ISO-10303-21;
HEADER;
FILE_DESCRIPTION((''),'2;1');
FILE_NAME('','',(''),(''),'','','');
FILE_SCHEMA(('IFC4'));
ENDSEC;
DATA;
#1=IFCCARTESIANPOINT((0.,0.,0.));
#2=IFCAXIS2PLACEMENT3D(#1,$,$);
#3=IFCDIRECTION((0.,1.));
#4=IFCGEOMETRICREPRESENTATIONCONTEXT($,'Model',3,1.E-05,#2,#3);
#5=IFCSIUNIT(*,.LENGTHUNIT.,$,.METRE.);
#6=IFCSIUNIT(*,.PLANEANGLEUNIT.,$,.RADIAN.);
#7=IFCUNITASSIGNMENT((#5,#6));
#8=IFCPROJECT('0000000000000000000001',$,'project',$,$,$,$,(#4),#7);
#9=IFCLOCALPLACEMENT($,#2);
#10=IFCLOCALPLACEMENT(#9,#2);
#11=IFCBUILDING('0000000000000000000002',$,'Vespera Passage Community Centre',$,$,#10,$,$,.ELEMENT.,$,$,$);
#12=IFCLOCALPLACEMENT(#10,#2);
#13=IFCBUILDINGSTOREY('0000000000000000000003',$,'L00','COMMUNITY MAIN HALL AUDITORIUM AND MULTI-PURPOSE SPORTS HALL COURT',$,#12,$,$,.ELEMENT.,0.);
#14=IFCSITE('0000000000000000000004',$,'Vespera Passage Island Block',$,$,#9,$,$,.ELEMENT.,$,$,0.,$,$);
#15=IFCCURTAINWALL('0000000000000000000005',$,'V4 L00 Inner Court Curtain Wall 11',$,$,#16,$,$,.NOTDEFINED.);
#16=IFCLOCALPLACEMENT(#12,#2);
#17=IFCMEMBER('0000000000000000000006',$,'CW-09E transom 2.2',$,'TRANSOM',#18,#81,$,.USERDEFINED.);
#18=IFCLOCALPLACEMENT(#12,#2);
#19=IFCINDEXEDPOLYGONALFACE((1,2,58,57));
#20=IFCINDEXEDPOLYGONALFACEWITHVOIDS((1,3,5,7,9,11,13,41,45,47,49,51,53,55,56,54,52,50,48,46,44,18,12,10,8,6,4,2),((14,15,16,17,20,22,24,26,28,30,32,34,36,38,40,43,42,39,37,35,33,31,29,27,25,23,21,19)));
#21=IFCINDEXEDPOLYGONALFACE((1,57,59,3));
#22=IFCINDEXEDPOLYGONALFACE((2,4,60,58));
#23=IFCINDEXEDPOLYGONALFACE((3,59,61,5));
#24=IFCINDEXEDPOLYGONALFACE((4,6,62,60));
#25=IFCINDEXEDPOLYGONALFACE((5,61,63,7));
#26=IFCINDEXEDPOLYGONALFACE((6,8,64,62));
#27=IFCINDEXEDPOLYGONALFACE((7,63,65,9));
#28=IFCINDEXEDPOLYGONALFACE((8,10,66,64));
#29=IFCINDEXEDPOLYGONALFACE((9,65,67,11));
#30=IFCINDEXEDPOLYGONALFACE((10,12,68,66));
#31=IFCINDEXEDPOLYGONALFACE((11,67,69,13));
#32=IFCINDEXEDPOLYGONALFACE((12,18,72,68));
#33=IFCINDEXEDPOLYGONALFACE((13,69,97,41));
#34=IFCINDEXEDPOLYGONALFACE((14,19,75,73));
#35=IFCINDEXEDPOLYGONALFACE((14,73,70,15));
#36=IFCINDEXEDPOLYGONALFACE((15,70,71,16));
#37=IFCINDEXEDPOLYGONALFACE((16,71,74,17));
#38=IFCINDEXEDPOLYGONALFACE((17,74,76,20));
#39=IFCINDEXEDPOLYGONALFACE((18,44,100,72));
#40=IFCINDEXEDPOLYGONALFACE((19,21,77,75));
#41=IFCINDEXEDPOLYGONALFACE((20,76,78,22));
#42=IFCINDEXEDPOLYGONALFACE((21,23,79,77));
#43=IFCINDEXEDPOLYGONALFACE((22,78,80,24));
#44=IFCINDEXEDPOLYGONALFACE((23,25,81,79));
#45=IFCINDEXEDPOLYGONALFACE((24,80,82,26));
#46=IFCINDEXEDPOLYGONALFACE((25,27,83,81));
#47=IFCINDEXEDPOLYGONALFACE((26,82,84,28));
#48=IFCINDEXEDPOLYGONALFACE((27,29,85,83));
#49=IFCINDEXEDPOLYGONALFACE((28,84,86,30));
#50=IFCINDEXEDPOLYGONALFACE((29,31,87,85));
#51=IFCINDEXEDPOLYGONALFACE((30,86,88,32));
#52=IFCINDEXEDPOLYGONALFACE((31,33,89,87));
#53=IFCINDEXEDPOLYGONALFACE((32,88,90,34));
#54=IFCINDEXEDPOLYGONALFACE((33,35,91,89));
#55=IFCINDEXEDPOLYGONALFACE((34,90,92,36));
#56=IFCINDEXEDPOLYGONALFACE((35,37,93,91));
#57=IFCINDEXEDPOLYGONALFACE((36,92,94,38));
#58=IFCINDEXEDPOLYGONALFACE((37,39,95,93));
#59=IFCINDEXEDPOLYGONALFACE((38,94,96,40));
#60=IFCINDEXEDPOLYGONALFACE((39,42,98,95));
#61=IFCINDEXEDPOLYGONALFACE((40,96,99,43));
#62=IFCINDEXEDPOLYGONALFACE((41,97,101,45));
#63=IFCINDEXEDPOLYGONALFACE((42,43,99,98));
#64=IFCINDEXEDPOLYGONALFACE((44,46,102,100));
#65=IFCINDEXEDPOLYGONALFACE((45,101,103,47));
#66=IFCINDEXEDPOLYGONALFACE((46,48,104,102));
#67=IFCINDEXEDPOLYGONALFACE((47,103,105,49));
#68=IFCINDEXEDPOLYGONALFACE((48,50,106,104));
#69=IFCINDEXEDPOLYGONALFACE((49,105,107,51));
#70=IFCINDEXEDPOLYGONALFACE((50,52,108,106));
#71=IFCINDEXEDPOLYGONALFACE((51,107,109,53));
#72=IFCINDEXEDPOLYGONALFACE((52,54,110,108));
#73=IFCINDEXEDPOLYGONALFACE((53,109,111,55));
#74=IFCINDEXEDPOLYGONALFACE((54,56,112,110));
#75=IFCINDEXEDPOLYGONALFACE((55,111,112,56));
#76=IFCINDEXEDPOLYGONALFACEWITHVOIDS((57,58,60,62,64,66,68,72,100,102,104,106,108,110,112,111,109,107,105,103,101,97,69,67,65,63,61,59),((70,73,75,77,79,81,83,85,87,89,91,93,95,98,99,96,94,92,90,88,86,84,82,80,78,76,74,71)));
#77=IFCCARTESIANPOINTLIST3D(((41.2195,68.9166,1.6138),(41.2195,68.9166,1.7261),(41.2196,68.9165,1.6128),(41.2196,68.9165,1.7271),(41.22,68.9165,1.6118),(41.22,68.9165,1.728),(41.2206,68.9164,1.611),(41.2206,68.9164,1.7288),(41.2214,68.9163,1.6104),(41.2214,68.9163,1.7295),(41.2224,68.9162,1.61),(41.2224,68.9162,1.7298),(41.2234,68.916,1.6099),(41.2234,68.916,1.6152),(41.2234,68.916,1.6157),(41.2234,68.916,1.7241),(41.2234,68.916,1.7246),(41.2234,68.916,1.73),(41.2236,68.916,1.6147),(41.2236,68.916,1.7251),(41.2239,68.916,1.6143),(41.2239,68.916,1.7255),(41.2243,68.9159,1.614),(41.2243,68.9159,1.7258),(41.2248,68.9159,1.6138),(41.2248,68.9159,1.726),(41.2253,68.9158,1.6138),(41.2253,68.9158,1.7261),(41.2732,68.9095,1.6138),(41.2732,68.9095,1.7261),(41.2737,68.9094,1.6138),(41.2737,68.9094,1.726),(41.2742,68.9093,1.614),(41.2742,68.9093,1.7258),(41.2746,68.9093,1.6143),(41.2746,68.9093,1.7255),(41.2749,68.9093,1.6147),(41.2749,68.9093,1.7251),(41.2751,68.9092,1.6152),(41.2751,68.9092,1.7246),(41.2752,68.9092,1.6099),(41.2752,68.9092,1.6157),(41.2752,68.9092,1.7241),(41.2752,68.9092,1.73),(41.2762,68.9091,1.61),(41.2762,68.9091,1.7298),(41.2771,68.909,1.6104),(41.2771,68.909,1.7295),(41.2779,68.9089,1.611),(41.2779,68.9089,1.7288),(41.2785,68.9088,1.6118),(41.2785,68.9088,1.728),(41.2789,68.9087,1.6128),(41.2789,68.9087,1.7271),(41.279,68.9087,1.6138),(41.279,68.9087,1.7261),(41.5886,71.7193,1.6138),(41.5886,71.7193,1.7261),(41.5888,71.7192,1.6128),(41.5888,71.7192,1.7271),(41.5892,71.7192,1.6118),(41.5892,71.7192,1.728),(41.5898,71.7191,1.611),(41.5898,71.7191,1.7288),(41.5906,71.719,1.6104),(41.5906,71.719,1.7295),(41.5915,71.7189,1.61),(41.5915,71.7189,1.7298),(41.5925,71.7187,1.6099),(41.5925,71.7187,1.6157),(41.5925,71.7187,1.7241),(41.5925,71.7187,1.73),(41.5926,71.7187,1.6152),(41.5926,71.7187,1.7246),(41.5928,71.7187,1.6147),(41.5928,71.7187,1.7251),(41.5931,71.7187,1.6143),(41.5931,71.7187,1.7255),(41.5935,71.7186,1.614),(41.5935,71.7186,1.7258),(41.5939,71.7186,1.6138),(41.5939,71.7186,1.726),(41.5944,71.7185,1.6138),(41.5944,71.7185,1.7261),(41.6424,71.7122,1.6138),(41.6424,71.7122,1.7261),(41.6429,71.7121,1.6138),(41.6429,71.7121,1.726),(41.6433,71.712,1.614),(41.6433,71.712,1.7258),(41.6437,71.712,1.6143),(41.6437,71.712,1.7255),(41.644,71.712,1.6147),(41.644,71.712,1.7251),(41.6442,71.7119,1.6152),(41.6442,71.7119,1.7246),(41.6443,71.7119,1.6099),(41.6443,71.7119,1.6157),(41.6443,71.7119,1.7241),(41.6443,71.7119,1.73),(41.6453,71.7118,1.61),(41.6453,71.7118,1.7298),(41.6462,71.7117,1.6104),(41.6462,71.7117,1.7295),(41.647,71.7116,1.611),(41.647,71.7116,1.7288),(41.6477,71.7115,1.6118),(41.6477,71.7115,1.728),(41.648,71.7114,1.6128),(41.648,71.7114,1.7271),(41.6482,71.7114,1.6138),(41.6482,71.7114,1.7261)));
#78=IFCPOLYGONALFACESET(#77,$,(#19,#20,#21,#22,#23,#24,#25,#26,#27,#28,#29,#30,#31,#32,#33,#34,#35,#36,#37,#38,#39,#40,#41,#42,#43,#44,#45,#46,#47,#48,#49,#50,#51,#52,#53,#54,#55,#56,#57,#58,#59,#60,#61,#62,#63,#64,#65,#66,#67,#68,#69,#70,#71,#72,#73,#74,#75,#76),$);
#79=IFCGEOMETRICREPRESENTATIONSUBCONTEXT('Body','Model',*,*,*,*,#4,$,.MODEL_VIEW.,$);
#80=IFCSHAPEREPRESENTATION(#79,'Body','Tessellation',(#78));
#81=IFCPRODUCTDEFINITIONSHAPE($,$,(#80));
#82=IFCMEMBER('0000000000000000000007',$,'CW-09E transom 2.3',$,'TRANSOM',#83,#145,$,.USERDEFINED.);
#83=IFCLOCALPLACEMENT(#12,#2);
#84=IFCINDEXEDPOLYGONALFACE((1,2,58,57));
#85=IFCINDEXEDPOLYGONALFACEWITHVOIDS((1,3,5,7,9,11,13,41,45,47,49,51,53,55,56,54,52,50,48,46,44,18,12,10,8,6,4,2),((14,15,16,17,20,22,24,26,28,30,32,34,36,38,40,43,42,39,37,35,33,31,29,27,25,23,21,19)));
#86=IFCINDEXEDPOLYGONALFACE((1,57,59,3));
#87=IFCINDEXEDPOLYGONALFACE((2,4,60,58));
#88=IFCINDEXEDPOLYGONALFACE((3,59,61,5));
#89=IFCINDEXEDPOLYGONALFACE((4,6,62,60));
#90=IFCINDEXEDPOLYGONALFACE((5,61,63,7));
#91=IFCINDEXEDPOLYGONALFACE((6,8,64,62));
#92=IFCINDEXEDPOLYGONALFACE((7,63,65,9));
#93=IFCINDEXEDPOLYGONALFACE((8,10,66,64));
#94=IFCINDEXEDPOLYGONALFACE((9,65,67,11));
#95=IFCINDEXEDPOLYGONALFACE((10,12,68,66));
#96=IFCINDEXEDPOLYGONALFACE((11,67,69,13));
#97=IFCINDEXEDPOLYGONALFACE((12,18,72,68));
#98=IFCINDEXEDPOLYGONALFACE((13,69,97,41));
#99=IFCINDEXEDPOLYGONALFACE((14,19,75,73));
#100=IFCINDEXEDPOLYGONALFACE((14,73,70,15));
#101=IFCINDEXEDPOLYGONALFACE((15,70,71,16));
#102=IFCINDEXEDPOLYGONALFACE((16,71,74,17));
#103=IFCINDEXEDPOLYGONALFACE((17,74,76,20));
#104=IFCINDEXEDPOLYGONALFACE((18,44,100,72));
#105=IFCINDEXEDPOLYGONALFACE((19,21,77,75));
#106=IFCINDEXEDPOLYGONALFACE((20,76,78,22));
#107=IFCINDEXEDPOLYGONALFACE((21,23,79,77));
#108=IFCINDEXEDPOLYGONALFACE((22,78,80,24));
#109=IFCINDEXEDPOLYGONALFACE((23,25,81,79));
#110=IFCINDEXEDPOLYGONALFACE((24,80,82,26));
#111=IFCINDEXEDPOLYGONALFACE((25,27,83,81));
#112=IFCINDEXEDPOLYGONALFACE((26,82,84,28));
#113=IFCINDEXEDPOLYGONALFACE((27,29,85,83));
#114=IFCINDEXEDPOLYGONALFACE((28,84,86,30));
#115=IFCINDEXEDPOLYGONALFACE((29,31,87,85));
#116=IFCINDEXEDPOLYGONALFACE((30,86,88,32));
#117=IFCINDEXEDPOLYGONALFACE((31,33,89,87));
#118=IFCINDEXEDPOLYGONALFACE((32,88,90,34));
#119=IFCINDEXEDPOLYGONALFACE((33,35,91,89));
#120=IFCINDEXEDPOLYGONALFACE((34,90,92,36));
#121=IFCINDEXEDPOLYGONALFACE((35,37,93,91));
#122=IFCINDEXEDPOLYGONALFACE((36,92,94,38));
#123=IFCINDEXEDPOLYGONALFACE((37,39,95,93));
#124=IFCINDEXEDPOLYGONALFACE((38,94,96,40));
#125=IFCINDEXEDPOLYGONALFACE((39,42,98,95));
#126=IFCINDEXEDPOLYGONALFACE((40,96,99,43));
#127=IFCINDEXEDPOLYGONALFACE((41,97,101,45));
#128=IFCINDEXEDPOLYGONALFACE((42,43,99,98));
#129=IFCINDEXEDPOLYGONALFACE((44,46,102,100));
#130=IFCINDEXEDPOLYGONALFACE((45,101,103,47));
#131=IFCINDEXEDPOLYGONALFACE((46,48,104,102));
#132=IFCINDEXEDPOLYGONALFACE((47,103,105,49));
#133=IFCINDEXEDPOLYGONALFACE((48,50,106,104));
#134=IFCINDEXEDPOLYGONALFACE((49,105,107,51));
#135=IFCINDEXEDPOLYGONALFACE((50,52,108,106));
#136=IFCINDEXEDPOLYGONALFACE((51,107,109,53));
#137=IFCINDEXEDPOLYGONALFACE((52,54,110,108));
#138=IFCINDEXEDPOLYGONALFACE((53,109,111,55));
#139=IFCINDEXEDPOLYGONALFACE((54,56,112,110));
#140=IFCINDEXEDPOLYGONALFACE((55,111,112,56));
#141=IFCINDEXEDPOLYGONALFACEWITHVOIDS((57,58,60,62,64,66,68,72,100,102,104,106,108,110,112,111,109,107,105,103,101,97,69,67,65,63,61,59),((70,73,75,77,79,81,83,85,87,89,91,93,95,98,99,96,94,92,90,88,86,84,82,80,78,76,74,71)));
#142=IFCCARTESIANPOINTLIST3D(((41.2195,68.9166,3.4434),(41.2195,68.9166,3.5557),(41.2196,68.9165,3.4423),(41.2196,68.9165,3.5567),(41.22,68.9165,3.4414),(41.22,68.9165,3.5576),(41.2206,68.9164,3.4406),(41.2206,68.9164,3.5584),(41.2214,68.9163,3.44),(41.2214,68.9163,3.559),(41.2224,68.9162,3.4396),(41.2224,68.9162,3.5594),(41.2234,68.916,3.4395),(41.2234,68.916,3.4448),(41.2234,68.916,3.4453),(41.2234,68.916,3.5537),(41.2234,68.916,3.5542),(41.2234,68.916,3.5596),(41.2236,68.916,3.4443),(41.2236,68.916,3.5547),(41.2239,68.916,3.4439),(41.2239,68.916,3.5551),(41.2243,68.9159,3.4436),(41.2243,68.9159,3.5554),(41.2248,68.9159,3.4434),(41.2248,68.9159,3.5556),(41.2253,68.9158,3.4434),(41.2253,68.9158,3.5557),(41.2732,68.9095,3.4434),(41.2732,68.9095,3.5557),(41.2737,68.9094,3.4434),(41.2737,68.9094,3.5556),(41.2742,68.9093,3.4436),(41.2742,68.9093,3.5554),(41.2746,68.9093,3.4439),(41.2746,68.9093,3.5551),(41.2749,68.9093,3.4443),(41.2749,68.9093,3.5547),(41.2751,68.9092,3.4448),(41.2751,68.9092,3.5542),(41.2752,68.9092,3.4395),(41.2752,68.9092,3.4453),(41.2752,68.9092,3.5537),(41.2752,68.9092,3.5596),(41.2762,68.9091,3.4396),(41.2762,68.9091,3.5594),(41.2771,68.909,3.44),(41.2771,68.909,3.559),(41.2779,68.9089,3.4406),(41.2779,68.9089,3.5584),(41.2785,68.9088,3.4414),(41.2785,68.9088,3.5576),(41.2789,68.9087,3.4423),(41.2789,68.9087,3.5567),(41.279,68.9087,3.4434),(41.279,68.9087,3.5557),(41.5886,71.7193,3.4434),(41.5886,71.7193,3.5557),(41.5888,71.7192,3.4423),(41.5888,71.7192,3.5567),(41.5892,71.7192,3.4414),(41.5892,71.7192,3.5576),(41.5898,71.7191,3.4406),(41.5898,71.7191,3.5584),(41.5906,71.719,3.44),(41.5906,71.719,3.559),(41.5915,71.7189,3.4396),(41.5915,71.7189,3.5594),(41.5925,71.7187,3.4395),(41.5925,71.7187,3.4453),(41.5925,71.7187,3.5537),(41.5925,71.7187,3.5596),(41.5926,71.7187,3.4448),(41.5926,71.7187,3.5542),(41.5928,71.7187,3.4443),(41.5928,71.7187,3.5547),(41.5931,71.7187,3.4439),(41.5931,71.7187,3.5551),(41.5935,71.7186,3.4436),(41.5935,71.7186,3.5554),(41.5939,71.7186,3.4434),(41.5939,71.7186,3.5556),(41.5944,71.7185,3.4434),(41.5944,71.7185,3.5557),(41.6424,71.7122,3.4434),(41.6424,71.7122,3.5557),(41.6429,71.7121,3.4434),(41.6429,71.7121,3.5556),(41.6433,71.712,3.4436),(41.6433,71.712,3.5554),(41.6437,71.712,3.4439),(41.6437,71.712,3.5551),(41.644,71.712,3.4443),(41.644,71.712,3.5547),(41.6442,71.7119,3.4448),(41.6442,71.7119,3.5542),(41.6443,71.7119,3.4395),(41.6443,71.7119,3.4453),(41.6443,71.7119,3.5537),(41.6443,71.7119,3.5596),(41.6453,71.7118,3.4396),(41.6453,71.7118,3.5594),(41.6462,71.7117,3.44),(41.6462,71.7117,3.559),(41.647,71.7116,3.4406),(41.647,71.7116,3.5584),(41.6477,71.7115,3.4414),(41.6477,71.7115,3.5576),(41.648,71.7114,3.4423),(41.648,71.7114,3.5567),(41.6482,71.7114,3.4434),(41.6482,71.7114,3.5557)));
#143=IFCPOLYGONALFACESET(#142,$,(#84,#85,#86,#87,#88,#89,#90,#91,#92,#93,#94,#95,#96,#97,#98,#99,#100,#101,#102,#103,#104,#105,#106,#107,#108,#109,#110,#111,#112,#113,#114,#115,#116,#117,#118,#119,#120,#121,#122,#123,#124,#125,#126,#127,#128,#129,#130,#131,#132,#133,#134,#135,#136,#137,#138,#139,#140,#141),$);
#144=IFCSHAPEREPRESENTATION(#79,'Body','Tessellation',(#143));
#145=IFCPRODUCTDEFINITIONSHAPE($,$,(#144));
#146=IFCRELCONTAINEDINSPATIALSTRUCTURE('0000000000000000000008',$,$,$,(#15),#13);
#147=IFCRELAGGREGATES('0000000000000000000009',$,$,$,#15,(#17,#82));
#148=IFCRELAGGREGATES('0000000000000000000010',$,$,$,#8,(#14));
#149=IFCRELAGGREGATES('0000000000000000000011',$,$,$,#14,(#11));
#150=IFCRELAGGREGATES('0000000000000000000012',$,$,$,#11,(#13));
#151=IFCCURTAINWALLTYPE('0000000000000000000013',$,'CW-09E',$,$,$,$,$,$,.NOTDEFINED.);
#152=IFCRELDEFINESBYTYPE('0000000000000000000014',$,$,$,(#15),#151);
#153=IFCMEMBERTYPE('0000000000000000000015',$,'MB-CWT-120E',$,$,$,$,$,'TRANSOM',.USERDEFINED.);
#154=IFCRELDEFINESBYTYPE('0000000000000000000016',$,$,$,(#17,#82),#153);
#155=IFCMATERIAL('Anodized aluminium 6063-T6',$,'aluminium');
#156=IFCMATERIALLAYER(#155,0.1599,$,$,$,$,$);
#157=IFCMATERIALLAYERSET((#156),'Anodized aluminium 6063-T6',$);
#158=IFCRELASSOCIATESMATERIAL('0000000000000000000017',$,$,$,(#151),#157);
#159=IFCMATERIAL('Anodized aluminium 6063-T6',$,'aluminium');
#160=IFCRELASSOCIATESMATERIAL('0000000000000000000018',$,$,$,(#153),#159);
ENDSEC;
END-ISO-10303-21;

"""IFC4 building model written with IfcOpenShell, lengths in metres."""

from ifc_helpers import new_model, si_unit, direction, frame, origin, origin_2d, place, context, subcontext, project, spatial, hollow_rectangle, extrude, material, layer, layer_set, material_profile, profile_set, type_object, element, aggregate, save


model = new_model("IFC4")

# Units and contexts
model_context = context("Model", 3, precision=1e-05, world=origin(), true_north=direction((0.0, 1.0)))
body_context = subcontext(model_context, "Body", "Model", "MODEL_VIEW")
ifc_project = project(units=[si_unit("LENGTHUNIT", "METRE"), si_unit("PLANEANGLEUNIT", "RADIAN")], contexts=[model_context])

# Site, building, storey
site_placement = place(None, origin())
site = spatial("IfcSite", under=ifc_project, at=site_placement, Name="Vespera Passage Island Block", CompositionType="ELEMENT", RefElevation=0.0)
building_placement = place(site_placement, origin())
building = spatial("IfcBuilding", under=site, at=building_placement, Name="Vespera Passage Community Centre", CompositionType="ELEMENT")
storey_placement = place(building_placement, origin())
storey = spatial("IfcBuildingStorey", under=building, at=storey_placement, Name="L00", Description="COMMUNITY MAIN HALL AUDITORIUM AND MULTI-PURPOSE SPORTS HALL COURT", CompositionType="ELEMENT", Elevation=0.0)

# Curtain wall
ifc_material_1 = material(Name="Anodized aluminium 6063-T6", Category="aluminium")
ifc_layer_1 = layer(ifc_material_1, 0.1599)
ifc_layer_set_1 = layer_set([ifc_layer_1], Name="Anodized aluminium 6063-T6")
curtain_wall_type_1 = type_object("IfcCurtainWallType", Name="CW-09E", PredefinedType="NOTDEFINED", material=ifc_layer_set_1)
curtain_wall_1_placement = place(storey_placement, origin())
curtain_wall_1 = element("IfcCurtainWall", 1, at=curtain_wall_1_placement, inside=storey, type_object=curtain_wall_type_1, Name="V4 L00 Inner Court Curtain Wall 11", PredefinedType="NOTDEFINED")

# Members
ifc_material_2 = material(Name="Anodized aluminium 6063-T6", Category="aluminium")
ifc_material_profile_1 = material_profile(ifc_material_2, hollow_rectangle(XDim=0.0601, YDim=0.1201, WallThickness=0.0039, InnerFilletRadius=0.002, OuterFilletRadius=0.0039, at=origin_2d()), Name="ALU120X60X4")
ifc_profile_set_1 = profile_set([ifc_material_profile_1], Name="Anodized aluminium 6063-T6")
member_type_1 = type_object("IfcMemberType", Name="MB-CWT-120E", ElementType="TRANSOM", PredefinedType="USERDEFINED", material=ifc_profile_set_1)
member_1_placement = place(storey_placement, frame((41.6184, 71.7153, 1.6699), z_axis=(-0.13058, -0.991438, 0.0), x_axis=(0.991438, -0.13058, 0.0)))
member_1 = element("IfcMember", 2, at=member_1_placement, type_object=member_type_1, Name="CW-09E transom 2.2", ObjectType="TRANSOM", PredefinedType="USERDEFINED", context=body_context, shape_type="SweptSolid", body=[
    extrude(hollow_rectangle(XDim=0.0601, YDim=0.1201, WallThickness=0.0039, InnerFilletRadius=0.002, OuterFilletRadius=0.0039, at=origin_2d()), origin(), (0.0, 0.0, 1.0), 2.8269),
])
member_2_placement = place(storey_placement, frame((41.6184, 71.7153, 3.4995), z_axis=(-0.13058, -0.991438, 0.0), x_axis=(0.991438, -0.13058, 0.0)))
member_2 = element("IfcMember", 3, at=member_2_placement, type_object=member_type_1, Name="CW-09E transom 2.3", ObjectType="TRANSOM", PredefinedType="USERDEFINED", context=body_context, shape_type="SweptSolid", body=[
    extrude(hollow_rectangle(XDim=0.0601, YDim=0.1201, WallThickness=0.0039, InnerFilletRadius=0.002, OuterFilletRadius=0.0039, at=origin_2d()), origin(), (0.0, 0.0, 1.0), 2.8269),
])

aggregate(curtain_wall_1, [member_1, member_2])

save(model, "model.ifc")
